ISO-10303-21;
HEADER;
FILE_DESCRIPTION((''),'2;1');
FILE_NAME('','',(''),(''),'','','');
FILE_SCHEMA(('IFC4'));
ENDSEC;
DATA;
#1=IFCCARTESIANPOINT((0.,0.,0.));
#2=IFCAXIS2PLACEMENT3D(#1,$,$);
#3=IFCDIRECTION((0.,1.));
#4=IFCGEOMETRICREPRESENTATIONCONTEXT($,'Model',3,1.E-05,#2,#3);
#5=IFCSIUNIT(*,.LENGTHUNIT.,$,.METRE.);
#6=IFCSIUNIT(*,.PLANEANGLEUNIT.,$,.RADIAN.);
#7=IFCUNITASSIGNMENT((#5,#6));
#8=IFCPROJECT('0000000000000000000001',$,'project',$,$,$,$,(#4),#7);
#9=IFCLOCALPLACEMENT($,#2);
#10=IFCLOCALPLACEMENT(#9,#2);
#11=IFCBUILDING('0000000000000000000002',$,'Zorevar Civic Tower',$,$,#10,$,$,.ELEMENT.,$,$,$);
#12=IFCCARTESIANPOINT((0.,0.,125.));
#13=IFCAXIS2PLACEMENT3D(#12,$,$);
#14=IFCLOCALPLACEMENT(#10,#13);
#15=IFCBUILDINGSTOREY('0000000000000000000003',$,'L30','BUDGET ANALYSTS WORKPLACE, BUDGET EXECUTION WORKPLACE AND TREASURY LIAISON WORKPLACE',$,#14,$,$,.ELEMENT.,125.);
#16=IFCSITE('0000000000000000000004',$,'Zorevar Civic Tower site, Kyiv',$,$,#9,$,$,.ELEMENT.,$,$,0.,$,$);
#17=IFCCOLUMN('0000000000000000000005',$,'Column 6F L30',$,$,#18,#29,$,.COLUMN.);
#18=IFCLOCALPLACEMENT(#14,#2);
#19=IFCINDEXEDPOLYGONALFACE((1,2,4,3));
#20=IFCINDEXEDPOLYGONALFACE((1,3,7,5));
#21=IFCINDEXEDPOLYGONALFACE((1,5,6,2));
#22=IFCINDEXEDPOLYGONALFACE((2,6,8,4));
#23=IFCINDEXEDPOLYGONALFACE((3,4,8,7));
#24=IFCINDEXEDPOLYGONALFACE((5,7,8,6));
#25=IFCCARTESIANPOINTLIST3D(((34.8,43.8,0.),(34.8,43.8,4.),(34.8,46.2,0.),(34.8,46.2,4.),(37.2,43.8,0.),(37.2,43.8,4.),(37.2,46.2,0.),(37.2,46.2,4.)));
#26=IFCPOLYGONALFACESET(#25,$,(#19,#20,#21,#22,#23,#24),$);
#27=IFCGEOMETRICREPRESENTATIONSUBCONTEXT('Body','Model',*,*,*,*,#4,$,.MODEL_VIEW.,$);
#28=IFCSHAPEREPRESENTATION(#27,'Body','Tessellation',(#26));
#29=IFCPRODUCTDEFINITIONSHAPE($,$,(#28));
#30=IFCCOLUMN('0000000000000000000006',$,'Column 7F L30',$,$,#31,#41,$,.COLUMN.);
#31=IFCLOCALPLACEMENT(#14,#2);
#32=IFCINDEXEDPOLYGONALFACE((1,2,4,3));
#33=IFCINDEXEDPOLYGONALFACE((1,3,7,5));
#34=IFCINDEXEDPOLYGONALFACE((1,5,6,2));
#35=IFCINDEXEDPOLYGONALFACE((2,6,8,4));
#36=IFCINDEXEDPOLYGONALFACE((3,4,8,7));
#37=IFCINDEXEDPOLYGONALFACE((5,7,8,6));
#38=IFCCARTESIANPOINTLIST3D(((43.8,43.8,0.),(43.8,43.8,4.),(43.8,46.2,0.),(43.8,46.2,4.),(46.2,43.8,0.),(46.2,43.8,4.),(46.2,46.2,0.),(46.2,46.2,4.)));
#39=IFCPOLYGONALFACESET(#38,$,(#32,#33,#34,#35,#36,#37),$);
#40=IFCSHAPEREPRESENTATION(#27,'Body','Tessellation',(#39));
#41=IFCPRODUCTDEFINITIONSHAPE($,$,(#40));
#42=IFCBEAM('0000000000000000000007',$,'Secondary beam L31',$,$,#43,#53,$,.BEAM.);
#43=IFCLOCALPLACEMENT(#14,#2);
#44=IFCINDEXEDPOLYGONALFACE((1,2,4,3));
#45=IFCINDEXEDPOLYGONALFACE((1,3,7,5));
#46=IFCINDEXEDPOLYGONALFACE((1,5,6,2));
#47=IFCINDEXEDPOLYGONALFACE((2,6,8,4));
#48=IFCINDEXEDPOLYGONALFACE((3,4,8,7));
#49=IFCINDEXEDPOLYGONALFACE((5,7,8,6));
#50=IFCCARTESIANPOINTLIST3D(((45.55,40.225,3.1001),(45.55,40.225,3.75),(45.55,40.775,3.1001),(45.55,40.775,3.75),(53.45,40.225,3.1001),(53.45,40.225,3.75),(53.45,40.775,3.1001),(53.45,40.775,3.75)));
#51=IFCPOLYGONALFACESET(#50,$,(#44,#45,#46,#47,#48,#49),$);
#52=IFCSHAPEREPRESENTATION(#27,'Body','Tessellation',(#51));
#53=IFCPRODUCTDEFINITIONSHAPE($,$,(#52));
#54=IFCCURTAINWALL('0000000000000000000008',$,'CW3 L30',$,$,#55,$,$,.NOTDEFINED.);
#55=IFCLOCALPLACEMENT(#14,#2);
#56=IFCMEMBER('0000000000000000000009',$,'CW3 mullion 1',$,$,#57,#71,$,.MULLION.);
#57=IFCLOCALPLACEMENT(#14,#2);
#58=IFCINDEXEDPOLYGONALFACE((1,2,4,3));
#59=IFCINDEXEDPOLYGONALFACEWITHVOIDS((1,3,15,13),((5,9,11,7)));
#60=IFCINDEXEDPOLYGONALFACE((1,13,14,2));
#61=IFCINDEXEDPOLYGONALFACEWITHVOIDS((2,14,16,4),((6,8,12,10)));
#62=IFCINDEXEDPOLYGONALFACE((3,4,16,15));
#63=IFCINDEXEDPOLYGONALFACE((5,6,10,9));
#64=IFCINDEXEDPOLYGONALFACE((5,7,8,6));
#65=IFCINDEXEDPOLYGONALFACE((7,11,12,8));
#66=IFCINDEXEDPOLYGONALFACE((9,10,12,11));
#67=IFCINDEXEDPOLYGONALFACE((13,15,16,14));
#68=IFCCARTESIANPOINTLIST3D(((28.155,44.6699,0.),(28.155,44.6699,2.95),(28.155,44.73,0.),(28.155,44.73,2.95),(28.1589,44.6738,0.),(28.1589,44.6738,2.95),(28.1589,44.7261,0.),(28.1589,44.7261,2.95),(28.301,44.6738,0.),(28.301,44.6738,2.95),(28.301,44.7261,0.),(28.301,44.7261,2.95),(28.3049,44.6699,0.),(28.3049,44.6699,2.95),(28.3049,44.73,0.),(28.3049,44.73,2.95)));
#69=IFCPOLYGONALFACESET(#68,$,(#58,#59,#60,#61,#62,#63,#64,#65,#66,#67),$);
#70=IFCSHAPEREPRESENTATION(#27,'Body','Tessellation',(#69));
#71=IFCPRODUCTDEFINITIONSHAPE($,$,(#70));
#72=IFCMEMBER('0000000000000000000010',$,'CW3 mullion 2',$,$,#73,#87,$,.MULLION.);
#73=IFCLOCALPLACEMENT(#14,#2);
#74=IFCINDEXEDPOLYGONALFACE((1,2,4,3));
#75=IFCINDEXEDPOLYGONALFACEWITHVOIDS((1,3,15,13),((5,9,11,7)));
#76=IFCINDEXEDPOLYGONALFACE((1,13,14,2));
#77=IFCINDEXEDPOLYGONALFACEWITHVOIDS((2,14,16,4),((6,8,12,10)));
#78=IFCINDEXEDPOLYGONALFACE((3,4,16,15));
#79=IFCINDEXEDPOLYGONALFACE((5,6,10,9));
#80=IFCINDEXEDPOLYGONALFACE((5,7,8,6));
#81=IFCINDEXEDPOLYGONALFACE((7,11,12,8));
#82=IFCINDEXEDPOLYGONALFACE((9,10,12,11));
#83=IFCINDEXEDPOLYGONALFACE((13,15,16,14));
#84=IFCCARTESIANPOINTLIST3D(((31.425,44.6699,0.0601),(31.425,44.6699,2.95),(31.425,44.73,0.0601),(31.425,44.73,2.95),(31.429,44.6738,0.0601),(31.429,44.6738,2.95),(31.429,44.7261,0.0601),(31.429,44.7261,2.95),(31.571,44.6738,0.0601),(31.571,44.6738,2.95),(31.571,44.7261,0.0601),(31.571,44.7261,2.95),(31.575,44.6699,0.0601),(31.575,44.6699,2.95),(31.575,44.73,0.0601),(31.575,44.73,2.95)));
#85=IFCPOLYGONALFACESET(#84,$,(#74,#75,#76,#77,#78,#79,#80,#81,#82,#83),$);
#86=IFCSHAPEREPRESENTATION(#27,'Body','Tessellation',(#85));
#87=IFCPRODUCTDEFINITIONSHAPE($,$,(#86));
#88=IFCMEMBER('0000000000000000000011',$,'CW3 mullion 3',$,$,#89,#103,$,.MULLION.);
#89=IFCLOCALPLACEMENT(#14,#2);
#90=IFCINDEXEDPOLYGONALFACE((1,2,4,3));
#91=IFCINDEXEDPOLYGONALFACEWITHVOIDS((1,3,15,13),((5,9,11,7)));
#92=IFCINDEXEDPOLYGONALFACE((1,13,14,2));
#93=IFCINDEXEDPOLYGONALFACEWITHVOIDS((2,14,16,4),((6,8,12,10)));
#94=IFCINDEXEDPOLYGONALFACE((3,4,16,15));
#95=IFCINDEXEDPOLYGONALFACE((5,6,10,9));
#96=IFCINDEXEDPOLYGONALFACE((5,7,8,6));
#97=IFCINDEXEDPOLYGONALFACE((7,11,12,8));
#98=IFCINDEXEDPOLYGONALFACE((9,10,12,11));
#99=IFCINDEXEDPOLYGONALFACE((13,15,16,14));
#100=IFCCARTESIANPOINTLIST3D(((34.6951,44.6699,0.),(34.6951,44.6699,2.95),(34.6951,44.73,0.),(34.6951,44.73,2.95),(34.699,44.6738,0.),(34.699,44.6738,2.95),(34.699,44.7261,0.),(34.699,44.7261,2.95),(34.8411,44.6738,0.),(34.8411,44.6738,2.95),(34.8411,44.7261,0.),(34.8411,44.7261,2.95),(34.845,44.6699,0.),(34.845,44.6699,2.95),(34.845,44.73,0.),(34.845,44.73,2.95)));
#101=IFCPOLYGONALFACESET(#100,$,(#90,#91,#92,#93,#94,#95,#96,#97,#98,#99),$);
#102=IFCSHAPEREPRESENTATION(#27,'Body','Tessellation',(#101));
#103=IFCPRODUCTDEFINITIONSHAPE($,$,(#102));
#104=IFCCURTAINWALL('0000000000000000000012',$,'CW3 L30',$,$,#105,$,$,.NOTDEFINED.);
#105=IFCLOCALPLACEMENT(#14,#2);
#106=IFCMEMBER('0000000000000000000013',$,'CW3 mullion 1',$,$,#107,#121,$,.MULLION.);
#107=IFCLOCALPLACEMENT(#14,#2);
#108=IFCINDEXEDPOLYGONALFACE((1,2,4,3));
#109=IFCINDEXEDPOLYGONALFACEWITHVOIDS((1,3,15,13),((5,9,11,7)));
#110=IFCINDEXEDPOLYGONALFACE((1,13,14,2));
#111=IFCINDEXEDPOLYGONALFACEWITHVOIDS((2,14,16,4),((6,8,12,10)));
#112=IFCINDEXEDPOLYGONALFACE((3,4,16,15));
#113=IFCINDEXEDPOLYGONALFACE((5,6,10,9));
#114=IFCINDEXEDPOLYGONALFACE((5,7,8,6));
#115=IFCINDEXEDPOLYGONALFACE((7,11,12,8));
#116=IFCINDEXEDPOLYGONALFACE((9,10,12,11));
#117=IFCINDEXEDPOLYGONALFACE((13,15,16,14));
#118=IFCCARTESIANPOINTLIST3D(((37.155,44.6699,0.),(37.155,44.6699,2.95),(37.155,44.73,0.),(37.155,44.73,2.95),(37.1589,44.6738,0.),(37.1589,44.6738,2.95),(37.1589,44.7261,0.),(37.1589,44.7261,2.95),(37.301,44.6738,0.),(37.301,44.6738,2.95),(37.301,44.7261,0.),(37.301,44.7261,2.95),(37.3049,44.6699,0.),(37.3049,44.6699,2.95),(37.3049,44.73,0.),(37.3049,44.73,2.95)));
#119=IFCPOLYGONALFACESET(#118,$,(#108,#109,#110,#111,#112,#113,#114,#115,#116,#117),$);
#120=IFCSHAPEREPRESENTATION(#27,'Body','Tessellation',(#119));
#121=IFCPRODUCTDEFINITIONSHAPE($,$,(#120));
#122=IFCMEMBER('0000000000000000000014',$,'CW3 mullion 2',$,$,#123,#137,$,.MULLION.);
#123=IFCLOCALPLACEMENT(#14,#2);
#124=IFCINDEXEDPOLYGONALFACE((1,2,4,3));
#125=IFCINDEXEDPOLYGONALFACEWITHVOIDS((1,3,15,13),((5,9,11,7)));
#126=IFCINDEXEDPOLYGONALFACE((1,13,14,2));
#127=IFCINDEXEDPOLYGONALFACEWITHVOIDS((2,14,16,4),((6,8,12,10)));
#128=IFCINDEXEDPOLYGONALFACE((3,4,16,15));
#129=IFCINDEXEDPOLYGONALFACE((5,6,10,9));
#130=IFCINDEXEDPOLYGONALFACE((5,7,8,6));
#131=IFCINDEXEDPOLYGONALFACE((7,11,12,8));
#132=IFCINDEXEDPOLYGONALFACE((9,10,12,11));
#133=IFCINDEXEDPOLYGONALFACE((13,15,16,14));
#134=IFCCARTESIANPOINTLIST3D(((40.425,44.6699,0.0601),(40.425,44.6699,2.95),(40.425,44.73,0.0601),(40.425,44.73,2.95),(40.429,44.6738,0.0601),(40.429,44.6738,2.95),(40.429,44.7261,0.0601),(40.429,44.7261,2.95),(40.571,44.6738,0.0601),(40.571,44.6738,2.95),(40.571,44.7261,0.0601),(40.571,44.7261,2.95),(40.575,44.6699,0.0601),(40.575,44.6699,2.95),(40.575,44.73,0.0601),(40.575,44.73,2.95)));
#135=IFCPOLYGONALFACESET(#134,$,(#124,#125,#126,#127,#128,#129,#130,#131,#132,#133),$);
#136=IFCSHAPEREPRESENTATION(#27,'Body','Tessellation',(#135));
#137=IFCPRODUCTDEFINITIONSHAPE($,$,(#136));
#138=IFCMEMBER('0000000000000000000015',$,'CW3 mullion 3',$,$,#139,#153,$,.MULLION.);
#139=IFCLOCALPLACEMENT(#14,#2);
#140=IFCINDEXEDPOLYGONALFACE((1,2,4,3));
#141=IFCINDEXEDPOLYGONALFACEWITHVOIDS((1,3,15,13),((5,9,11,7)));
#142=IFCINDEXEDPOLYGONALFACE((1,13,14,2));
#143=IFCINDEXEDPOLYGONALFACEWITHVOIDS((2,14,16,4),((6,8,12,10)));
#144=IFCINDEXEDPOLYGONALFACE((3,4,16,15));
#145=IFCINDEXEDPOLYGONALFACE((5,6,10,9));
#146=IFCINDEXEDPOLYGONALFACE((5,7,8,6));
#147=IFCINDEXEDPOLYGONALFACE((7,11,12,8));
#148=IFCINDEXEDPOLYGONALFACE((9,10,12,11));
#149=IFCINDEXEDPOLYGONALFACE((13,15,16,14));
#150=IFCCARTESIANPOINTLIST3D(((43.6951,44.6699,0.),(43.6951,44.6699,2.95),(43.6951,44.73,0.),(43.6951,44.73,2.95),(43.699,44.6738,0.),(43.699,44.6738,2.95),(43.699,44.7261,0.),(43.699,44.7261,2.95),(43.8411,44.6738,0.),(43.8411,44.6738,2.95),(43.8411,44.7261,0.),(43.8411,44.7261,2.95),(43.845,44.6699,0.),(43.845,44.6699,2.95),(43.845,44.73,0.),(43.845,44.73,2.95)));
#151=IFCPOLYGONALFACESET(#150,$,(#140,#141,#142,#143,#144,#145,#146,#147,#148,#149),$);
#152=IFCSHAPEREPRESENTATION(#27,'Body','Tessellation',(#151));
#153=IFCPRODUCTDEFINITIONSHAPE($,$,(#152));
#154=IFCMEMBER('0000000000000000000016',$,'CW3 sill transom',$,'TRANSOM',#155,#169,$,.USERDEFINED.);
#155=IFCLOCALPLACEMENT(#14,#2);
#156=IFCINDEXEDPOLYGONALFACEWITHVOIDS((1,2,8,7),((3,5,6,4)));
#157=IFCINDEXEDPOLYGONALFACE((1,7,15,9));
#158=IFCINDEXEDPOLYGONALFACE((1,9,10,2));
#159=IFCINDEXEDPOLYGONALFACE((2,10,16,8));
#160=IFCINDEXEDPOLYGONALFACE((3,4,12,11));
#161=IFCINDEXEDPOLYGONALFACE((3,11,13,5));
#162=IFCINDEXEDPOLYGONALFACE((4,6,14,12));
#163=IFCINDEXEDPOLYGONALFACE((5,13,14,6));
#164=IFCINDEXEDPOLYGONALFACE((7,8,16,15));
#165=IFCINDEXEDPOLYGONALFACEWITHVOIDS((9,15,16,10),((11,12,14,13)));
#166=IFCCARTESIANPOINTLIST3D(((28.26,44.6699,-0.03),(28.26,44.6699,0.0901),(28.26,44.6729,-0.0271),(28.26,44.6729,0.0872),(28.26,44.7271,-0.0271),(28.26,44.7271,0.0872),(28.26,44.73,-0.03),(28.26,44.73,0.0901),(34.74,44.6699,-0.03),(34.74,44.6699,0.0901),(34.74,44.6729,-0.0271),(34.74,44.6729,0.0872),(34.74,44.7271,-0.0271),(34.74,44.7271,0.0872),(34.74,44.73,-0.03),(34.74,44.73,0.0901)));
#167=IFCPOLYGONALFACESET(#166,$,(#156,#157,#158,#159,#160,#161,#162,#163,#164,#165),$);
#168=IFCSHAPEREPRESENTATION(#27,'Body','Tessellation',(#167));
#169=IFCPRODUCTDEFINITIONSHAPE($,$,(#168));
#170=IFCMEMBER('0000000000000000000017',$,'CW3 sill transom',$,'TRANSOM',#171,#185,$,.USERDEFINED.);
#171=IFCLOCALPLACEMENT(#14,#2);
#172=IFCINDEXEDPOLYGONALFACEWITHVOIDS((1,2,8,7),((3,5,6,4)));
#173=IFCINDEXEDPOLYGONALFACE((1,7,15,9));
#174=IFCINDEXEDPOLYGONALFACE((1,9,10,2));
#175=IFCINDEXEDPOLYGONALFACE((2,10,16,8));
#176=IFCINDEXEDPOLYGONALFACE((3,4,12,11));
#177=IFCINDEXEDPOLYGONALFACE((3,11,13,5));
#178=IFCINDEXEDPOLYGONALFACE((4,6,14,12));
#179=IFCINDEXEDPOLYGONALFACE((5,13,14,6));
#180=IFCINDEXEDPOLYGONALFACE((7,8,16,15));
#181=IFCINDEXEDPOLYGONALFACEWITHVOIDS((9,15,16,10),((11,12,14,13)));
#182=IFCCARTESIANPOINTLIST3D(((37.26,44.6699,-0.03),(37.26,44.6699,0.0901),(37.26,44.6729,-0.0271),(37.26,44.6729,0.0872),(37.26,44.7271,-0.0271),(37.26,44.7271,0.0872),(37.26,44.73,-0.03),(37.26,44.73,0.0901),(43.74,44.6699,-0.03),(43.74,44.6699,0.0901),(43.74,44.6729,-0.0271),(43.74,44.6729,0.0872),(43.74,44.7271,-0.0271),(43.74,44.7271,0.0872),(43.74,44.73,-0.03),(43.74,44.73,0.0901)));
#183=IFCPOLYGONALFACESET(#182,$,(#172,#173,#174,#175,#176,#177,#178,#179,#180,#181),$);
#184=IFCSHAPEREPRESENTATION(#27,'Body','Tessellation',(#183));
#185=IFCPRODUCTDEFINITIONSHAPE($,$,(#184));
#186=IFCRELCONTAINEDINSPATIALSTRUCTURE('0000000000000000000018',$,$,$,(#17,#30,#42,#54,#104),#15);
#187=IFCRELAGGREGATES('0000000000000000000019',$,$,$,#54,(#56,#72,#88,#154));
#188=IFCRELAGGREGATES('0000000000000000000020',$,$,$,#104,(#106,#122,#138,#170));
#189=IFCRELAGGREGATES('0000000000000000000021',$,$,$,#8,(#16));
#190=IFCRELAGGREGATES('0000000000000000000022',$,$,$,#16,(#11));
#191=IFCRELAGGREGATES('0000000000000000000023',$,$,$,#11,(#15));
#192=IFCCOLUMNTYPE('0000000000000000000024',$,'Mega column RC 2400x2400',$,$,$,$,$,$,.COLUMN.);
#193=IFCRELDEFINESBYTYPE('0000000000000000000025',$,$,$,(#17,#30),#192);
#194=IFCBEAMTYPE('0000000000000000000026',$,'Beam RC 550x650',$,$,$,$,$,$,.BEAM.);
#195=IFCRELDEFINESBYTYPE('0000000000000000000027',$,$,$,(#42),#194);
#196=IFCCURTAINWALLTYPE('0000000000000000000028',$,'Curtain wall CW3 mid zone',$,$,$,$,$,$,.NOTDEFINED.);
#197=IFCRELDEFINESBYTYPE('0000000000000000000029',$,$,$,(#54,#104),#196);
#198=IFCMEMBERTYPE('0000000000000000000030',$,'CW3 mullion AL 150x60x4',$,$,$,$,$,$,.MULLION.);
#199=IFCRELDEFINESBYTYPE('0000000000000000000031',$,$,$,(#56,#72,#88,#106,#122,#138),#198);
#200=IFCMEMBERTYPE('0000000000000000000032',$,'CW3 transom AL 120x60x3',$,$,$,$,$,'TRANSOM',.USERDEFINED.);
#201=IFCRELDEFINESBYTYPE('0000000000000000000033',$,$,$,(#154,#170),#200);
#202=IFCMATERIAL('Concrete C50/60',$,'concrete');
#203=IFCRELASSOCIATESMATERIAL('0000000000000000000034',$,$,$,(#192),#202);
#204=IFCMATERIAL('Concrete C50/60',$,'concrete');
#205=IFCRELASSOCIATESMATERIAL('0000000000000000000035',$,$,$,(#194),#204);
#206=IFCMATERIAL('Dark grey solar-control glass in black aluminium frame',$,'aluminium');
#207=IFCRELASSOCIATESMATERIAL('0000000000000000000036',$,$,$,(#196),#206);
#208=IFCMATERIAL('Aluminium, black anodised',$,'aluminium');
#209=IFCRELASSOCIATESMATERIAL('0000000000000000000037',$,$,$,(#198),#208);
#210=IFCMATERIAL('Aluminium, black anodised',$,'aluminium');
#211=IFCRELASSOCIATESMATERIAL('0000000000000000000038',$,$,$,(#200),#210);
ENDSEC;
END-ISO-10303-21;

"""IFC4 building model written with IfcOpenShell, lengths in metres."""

from ifc_helpers import new_model, si_unit, direction, frame, origin, origin_2d, place, context, subcontext, project, spatial, rectangle, hollow_rectangle, extrude, material, material_profile, profile_set, type_object, element, aggregate, save


model = new_model("IFC4")

# Units and contexts
model_context = context("Model", 3, precision=1e-05, world=origin(), true_north=direction((0.0, 1.0)))
body_context = subcontext(model_context, "Body", "Model", "MODEL_VIEW")
ifc_project = project(units=[si_unit("LENGTHUNIT", "METRE"), si_unit("PLANEANGLEUNIT", "RADIAN")], contexts=[model_context])

# Site, building, storey
site_placement = place(None, origin())
site = spatial("IfcSite", under=ifc_project, at=site_placement, Name="Zorevar Civic Tower site, Kyiv", CompositionType="ELEMENT", RefElevation=0.0)
building_placement = place(site_placement, origin())
building = spatial("IfcBuilding", under=site, at=building_placement, Name="Zorevar Civic Tower", CompositionType="ELEMENT")
storey_placement = place(building_placement, frame((0.0, 0.0, 125.0)))
storey = spatial("IfcBuildingStorey", under=building, at=storey_placement, Name="L30", Description="BUDGET ANALYSTS WORKPLACE, BUDGET EXECUTION WORKPLACE AND TREASURY LIAISON WORKPLACE", CompositionType="ELEMENT", Elevation=125.0)

# Columns
ifc_material_1 = material(Name="Concrete C50/60", Category="concrete")
ifc_material_profile_1 = material_profile(ifc_material_1, rectangle(XDim=2.3999, YDim=2.3999, at=origin_2d()), Name="RC 2400x2400")
ifc_profile_set_1 = profile_set([ifc_material_profile_1], Name="Concrete C50/60")
column_type = type_object("IfcColumnType", Name="Mega column RC 2400x2400", PredefinedType="COLUMN", material=ifc_profile_set_1)
for number, where, z_axis, x_axis, name in (
    (1, (36.0, 45.0, 0.0), (0.0, 0.0, 1.0), (1.0, 0.0, 0.0), "Column 6F L30"),
    (2, (45.0, 45.0, 0.0), (0.0, 0.0, 1.0), (1.0, 0.0, 0.0), "Column 7F L30"),
):
    element("IfcColumn", number, at=place(storey_placement, frame(where, z_axis=z_axis, x_axis=x_axis)), inside=storey, type_object=column_type, Name=name, PredefinedType="COLUMN", context=body_context, shape_type="SweptSolid", body=[
        extrude(rectangle(XDim=2.3999, YDim=2.3999, at=origin_2d()), origin(), (0.0, 0.0, 1.0), 4.0),
    ])

# Beam
ifc_material_2 = material(Name="Concrete C50/60", Category="concrete")
ifc_material_profile_2 = material_profile(ifc_material_2, rectangle(XDim=0.55, YDim=0.6499, at=origin_2d()), Name="RC 550x650")
ifc_profile_set_2 = profile_set([ifc_material_profile_2], Name="Concrete C50/60")
beam_type_1 = type_object("IfcBeamType", Name="Beam RC 550x650", PredefinedType="BEAM", material=ifc_profile_set_2)
beam_placement = place(storey_placement, frame((45.55, 40.5, 3.425), z_axis=(1.0, 0.0, 0.0), x_axis=(0.0, 1.0, 0.0)))
element("IfcBeam", 3, at=beam_placement, inside=storey, type_object=beam_type_1, Name="Secondary beam L31", PredefinedType="BEAM", context=body_context, shape_type="SweptSolid", body=[
    extrude(rectangle(XDim=0.55, YDim=0.6499, at=origin_2d()), origin(), (0.0, 0.0, 1.0), 7.8999),
])

# Curtain walls, members
ifc_material_3 = material(Name="Dark grey solar-control glass in black aluminium frame", Category="aluminium")
curtain_wall_type = type_object("IfcCurtainWallType", Name="Curtain wall CW3 mid zone", PredefinedType="NOTDEFINED", material=ifc_material_3)
curtain_wall_1_placement = place(storey_placement, origin())
curtain_wall_1 = element("IfcCurtainWall", 4, at=curtain_wall_1_placement, inside=storey, type_object=curtain_wall_type, Name="CW3 L30", PredefinedType="NOTDEFINED")
ifc_material_4 = material(Name="Aluminium, black anodised", Category="aluminium")
ifc_material_profile_3 = material_profile(ifc_material_4, hollow_rectangle(XDim=0.0601, YDim=0.1499, WallThickness=0.0039, at=origin_2d()), Name="AL 150x60x4")
ifc_profile_set_3 = profile_set([ifc_material_profile_3], Name="Aluminium, black anodised")
member_type_1 = type_object("IfcMemberType", Name="CW3 mullion AL 150x60x4", PredefinedType="MULLION", material=ifc_profile_set_3)
member_1_placement = place(storey_placement, frame((28.23, 44.7, 0.0), z_axis=(0.0, 0.0, 1.0), x_axis=(0.0, 1.0, 0.0)))
member_1 = element("IfcMember", 5, at=member_1_placement, type_object=member_type_1, Name="CW3 mullion 1", PredefinedType="MULLION", context=body_context, shape_type="SweptSolid", body=[
    extrude(hollow_rectangle(XDim=0.0601, YDim=0.1499, WallThickness=0.0039, at=origin_2d()), origin(), (0.0, 0.0, 1.0), 2.95),
])
member_2_placement = place(storey_placement, frame((31.5, 44.7, 0.0601), z_axis=(0.0, 0.0, 1.0), x_axis=(0.0, 1.0, 0.0)))
member_2 = element("IfcMember", 6, at=member_2_placement, type_object=member_type_1, Name="CW3 mullion 2", PredefinedType="MULLION", context=body_context, shape_type="SweptSolid", body=[
    extrude(hollow_rectangle(XDim=0.0601, YDim=0.1499, WallThickness=0.0039, at=origin_2d()), origin(), (0.0, 0.0, 1.0), 2.8899),
])
member_3_placement = place(storey_placement, frame((34.77, 44.7, 0.0), z_axis=(0.0, 0.0, 1.0), x_axis=(0.0, 1.0, 0.0)))
member_3 = element("IfcMember", 7, at=member_3_placement, type_object=member_type_1, Name="CW3 mullion 3", PredefinedType="MULLION", context=body_context, shape_type="SweptSolid", body=[
    extrude(hollow_rectangle(XDim=0.0601, YDim=0.1499, WallThickness=0.0039, at=origin_2d()), origin(), (0.0, 0.0, 1.0), 2.95),
])
curtain_wall_2_placement = place(storey_placement, origin())
curtain_wall_2 = element("IfcCurtainWall", 8, at=curtain_wall_2_placement, inside=storey, type_object=curtain_wall_type, Name="CW3 L30", PredefinedType="NOTDEFINED")
member_4_placement = place(storey_placement, frame((37.23, 44.7, 0.0), z_axis=(0.0, 0.0, 1.0), x_axis=(0.0, 1.0, 0.0)))
member_4 = element("IfcMember", 9, at=member_4_placement, type_object=member_type_1, Name="CW3 mullion 1", PredefinedType="MULLION", context=body_context, shape_type="SweptSolid", body=[
    extrude(hollow_rectangle(XDim=0.0601, YDim=0.1499, WallThickness=0.0039, at=origin_2d()), origin(), (0.0, 0.0, 1.0), 2.95),
])
member_5_placement = place(storey_placement, frame((40.5, 44.7, 0.0601), z_axis=(0.0, 0.0, 1.0), x_axis=(0.0, 1.0, 0.0)))
member_5 = element("IfcMember", 10, at=member_5_placement, type_object=member_type_1, Name="CW3 mullion 2", PredefinedType="MULLION", context=body_context, shape_type="SweptSolid", body=[
    extrude(hollow_rectangle(XDim=0.0601, YDim=0.1499, WallThickness=0.0039, at=origin_2d()), origin(), (0.0, 0.0, 1.0), 2.8899),
])
member_6_placement = place(storey_placement, frame((43.77, 44.7, 0.0), z_axis=(0.0, 0.0, 1.0), x_axis=(0.0, 1.0, 0.0)))
member_6 = element("IfcMember", 11, at=member_6_placement, type_object=member_type_1, Name="CW3 mullion 3", PredefinedType="MULLION", context=body_context, shape_type="SweptSolid", body=[
    extrude(hollow_rectangle(XDim=0.0601, YDim=0.1499, WallThickness=0.0039, at=origin_2d()), origin(), (0.0, 0.0, 1.0), 2.95),
])

# Members
ifc_material_5 = material(Name="Aluminium, black anodised", Category="aluminium")
ifc_material_profile_4 = material_profile(ifc_material_5, hollow_rectangle(XDim=0.0601, YDim=0.1201, WallThickness=0.0029, at=origin_2d()), Name="AL 120x60x3")
ifc_profile_set_4 = profile_set([ifc_material_profile_4], Name="Aluminium, black anodised")
member_type_2 = type_object("IfcMemberType", Name="CW3 transom AL 120x60x3", ElementType="TRANSOM", PredefinedType="USERDEFINED", material=ifc_profile_set_4)
member_7_placement = place(storey_placement, frame((28.26, 44.7, 0.03), z_axis=(1.0, 0.0, 0.0), x_axis=(0.0, 1.0, 0.0)))
member_7 = element("IfcMember", 12, at=member_7_placement, type_object=member_type_2, Name="CW3 sill transom", ObjectType="TRANSOM", PredefinedType="USERDEFINED", context=body_context, shape_type="SweptSolid", body=[
    extrude(hollow_rectangle(XDim=0.0601, YDim=0.1201, WallThickness=0.0029, at=origin_2d()), origin(), (0.0, 0.0, 1.0), 6.48),
])
member_8_placement = place(storey_placement, frame((37.26, 44.7, 0.03), z_axis=(1.0, 0.0, 0.0), x_axis=(0.0, 1.0, 0.0)))
member_8 = element("IfcMember", 13, at=member_8_placement, type_object=member_type_2, Name="CW3 sill transom", ObjectType="TRANSOM", PredefinedType="USERDEFINED", context=body_context, shape_type="SweptSolid", body=[
    extrude(hollow_rectangle(XDim=0.0601, YDim=0.1201, WallThickness=0.0029, at=origin_2d()), origin(), (0.0, 0.0, 1.0), 6.48),
])

aggregate(curtain_wall_1, [member_1, member_2, member_3, member_7])
aggregate(curtain_wall_2, [member_4, member_5, member_6, member_8])

save(model, "model.ifc")
